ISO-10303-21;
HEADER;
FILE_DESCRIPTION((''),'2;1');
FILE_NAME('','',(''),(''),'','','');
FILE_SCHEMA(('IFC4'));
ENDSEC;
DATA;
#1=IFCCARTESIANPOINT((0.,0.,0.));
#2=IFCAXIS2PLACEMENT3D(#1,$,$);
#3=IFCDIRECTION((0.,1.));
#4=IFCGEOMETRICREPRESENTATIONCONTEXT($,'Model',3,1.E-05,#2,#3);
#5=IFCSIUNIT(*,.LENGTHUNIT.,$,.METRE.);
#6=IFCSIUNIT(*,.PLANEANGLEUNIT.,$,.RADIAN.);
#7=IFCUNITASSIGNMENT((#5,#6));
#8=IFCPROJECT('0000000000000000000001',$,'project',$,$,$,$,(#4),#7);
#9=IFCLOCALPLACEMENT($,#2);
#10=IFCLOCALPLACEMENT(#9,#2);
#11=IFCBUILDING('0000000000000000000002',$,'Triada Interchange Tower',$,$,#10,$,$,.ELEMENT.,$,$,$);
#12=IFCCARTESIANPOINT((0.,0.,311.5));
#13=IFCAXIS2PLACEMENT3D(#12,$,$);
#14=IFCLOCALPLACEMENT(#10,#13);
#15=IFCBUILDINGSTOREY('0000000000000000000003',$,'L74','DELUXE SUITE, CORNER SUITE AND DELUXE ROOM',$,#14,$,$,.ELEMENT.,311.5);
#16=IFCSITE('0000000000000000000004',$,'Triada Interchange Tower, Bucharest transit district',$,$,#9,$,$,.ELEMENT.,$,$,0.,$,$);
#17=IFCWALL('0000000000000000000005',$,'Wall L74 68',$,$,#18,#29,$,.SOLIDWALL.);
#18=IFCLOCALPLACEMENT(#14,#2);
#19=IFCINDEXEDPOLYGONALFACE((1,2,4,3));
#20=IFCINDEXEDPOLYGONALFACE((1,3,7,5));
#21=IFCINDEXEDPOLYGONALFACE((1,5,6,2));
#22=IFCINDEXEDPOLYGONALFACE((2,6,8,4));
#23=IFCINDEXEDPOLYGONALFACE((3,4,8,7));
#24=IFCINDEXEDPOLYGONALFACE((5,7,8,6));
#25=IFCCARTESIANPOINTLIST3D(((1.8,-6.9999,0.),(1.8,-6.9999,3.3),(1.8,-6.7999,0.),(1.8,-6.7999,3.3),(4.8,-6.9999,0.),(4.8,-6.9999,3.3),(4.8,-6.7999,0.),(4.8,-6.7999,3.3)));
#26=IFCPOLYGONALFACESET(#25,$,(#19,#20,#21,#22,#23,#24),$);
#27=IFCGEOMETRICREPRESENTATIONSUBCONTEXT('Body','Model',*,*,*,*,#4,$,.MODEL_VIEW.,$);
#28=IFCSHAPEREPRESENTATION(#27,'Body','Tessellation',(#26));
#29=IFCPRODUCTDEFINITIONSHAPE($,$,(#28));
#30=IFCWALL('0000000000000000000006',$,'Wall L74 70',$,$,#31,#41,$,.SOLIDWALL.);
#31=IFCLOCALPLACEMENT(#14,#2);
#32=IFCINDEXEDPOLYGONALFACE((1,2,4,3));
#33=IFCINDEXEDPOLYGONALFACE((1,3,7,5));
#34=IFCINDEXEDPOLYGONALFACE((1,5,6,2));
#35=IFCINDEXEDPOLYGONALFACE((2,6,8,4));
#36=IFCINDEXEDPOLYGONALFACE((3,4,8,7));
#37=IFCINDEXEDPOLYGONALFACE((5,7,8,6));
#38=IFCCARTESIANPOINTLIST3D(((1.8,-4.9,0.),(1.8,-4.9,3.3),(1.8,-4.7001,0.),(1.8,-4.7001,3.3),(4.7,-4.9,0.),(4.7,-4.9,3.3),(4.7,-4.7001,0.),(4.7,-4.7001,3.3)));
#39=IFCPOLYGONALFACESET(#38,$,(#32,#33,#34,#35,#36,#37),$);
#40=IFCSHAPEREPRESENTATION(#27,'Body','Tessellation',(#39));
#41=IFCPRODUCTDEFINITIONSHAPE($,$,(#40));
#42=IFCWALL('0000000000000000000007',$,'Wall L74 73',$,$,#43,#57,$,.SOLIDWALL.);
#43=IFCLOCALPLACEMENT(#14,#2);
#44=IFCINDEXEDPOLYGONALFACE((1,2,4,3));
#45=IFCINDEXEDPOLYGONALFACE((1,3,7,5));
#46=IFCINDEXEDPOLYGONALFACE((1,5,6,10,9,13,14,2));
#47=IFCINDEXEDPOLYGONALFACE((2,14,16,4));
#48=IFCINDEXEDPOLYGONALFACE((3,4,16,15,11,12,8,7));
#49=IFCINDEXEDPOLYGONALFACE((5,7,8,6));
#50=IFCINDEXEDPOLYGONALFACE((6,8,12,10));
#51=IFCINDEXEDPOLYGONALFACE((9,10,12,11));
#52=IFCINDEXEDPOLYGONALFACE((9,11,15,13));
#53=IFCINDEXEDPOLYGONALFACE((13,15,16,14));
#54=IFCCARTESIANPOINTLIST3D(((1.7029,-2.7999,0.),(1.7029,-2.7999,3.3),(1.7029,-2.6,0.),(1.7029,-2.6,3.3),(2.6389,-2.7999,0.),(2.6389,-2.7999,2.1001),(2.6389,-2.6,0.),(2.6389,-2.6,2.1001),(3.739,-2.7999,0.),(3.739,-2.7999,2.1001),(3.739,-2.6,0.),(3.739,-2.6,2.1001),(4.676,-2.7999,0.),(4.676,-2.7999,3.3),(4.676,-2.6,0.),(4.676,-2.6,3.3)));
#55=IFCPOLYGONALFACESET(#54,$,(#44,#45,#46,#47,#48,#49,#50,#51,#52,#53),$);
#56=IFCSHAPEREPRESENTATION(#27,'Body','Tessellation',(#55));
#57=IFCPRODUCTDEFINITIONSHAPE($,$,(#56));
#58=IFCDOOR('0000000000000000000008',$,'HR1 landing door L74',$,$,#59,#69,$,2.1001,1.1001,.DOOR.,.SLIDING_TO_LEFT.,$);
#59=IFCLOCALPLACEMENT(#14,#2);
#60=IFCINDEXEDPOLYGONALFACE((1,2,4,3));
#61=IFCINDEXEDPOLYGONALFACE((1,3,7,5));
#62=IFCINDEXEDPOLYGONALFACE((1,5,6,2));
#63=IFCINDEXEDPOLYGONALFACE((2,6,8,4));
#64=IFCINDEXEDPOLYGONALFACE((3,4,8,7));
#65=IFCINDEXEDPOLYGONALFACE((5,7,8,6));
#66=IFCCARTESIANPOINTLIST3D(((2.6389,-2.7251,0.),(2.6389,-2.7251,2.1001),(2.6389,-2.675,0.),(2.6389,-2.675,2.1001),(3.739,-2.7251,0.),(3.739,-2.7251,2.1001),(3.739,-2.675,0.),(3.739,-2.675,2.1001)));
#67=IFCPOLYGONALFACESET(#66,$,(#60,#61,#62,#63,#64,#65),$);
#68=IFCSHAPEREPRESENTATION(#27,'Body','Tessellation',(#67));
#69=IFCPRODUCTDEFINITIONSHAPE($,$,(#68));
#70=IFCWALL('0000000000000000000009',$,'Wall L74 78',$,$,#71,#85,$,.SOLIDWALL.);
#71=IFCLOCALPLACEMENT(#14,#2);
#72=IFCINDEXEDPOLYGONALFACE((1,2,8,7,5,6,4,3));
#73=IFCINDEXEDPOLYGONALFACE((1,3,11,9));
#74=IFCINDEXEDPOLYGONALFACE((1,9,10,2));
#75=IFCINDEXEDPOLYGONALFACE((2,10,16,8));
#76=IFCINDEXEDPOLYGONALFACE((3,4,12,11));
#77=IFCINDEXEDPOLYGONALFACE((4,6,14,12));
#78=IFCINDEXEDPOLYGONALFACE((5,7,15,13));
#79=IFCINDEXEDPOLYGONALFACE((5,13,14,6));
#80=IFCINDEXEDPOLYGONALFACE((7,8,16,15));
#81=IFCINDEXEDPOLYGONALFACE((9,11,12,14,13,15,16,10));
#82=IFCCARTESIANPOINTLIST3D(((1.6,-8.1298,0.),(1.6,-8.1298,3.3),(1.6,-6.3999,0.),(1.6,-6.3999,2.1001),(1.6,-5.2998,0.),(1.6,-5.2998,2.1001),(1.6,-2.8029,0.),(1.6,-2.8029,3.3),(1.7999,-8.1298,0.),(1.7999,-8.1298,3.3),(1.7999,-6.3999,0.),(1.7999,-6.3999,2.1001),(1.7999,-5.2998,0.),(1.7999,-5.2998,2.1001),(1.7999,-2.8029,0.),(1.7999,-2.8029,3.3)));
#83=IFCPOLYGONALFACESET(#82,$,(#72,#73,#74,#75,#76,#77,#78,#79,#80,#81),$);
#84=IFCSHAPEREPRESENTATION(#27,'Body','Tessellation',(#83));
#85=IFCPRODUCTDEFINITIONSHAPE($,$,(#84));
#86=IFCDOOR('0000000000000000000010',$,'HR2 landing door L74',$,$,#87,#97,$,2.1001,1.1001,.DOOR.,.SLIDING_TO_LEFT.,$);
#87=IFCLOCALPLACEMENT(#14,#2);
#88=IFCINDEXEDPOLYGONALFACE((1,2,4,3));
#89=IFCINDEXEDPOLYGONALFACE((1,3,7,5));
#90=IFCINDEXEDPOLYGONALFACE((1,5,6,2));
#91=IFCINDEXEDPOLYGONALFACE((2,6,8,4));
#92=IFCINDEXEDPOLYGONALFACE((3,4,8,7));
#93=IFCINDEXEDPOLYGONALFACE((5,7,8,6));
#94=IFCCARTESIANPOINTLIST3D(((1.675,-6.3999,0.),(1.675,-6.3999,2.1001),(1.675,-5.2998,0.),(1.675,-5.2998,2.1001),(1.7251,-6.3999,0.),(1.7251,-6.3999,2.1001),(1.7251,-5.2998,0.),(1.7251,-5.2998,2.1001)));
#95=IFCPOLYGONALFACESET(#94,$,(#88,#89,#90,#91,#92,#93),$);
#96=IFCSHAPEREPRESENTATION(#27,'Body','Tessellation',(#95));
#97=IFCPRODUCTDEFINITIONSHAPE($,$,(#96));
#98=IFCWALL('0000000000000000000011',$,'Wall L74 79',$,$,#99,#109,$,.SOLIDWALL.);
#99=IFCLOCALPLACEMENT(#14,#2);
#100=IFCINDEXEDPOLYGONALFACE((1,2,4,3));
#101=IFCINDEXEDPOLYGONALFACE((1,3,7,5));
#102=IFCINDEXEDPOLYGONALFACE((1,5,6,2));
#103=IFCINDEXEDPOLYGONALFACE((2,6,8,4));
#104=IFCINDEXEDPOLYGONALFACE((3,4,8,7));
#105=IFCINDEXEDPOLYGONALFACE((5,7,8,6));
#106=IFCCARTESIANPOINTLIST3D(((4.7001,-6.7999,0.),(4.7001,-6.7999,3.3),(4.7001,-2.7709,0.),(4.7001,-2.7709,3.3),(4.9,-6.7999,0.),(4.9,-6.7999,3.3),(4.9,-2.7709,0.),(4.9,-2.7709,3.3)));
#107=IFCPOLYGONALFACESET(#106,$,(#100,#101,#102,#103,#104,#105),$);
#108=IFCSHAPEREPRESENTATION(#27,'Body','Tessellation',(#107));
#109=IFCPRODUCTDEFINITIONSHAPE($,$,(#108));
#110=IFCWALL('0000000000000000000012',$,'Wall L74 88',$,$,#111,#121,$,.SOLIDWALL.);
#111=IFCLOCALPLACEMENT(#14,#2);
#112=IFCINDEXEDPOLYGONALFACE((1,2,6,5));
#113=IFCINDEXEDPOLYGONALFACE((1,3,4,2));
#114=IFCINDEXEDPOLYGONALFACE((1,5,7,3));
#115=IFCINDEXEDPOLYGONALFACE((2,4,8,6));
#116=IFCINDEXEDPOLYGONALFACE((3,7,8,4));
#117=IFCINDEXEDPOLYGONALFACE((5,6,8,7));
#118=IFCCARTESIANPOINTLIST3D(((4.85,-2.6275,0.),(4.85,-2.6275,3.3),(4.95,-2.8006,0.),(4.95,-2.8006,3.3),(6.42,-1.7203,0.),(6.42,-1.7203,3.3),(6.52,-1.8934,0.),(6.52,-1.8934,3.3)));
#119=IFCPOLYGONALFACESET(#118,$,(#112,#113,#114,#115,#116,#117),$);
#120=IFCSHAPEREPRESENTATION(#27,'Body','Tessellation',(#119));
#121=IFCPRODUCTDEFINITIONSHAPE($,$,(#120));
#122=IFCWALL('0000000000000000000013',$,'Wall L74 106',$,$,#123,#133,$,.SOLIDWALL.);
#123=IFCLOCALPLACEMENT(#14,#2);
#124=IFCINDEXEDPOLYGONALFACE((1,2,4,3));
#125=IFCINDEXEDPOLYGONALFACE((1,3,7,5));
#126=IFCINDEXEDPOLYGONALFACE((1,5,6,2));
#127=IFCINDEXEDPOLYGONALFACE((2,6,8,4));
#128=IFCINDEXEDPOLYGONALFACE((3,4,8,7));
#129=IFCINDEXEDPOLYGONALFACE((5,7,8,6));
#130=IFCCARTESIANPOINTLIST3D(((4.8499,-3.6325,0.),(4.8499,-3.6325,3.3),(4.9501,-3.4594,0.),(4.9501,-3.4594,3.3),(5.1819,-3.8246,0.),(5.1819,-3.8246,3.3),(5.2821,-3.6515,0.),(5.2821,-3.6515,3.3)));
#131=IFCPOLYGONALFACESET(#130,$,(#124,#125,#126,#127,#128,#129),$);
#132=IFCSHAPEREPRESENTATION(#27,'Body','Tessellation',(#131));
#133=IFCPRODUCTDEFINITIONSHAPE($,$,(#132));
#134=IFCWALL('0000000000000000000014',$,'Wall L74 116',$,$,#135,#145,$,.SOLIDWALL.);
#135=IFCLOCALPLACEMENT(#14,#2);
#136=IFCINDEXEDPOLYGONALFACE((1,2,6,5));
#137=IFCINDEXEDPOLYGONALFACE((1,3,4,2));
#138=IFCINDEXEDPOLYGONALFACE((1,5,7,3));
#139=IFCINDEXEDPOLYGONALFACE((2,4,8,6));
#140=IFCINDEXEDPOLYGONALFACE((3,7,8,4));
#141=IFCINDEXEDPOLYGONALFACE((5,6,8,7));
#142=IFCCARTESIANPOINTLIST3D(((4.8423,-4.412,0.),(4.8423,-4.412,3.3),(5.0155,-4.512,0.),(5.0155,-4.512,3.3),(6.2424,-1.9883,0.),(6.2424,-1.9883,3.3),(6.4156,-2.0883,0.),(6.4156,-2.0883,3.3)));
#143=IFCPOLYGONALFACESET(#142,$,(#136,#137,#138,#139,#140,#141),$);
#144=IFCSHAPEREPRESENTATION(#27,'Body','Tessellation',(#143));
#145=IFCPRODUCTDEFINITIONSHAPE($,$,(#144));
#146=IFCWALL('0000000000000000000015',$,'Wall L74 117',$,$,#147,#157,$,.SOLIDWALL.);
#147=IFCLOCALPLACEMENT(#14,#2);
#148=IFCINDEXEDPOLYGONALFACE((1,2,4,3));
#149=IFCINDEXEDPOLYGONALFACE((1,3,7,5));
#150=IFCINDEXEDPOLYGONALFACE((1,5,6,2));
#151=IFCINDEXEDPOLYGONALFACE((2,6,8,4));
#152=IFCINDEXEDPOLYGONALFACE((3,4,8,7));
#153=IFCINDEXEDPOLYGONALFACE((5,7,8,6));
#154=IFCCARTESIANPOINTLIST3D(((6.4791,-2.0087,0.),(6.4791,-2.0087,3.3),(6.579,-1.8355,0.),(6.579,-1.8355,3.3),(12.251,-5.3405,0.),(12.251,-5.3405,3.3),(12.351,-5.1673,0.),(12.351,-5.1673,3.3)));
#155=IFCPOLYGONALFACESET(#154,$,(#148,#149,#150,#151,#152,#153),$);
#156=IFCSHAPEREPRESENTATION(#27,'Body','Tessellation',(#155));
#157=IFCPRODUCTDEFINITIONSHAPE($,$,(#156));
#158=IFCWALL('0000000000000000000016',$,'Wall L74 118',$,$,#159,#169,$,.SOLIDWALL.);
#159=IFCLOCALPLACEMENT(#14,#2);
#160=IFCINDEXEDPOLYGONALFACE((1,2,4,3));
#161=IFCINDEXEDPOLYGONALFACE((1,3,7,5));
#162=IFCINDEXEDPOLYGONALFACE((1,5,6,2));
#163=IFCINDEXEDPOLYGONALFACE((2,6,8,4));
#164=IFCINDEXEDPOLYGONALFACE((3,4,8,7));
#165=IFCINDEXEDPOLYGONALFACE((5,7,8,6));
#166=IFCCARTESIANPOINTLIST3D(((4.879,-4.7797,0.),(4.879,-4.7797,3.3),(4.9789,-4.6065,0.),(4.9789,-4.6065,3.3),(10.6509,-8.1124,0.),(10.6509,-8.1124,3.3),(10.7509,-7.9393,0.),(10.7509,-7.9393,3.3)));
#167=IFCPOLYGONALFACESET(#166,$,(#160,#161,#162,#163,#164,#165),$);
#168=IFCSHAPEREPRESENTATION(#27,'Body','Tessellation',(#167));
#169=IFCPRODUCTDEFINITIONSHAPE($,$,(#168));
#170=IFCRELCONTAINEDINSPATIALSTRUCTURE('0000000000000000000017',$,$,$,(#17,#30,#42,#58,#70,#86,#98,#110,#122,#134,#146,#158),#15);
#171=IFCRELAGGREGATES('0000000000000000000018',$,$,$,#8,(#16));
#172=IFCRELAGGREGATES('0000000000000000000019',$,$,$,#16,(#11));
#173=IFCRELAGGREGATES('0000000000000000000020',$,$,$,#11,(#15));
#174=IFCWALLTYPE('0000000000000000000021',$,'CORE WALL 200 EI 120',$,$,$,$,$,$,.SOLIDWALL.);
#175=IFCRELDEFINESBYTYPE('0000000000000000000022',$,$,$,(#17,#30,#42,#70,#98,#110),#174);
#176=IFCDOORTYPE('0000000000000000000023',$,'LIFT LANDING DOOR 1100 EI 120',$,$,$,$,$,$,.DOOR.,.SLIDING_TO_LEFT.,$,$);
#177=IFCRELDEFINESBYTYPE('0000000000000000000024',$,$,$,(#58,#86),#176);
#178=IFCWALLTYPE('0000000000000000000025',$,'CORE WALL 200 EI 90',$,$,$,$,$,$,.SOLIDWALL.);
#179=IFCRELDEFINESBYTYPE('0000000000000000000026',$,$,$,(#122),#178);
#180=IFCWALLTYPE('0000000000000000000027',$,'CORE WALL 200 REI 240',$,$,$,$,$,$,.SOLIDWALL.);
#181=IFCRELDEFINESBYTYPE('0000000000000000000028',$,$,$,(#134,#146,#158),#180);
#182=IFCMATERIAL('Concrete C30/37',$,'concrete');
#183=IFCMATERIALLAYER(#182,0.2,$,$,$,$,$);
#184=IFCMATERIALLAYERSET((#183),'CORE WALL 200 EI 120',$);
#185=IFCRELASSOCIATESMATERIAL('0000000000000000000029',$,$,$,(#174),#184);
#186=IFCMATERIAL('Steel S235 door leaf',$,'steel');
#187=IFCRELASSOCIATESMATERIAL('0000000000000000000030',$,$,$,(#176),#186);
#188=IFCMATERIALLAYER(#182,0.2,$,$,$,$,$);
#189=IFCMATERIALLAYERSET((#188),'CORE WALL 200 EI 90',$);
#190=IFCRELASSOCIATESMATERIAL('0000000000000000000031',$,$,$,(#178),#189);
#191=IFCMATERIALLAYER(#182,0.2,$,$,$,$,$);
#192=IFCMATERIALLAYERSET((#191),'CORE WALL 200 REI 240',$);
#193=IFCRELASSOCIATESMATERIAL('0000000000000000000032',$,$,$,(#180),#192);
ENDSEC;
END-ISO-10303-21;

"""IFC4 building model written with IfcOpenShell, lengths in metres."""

from ifc_helpers import new_model, si_unit, direction, frame, frame_2d, origin, place, context, subcontext, project, spatial, rectangle, extrude, material, layer, layer_set, type_object, element, fill, save


model = new_model("IFC4")

# Units and contexts
model_context = context("Model", 3, precision=1e-05, world=origin(), true_north=direction((0.0, 1.0)))
body_context = subcontext(model_context, "Body", "Model", "MODEL_VIEW")
ifc_project = project(units=[si_unit("LENGTHUNIT", "METRE"), si_unit("PLANEANGLEUNIT", "RADIAN")], contexts=[model_context])

# Site, building, storey
site_placement = place(None, origin())
site = spatial("IfcSite", under=ifc_project, at=site_placement, Name="Triada Interchange Tower, Bucharest transit district", CompositionType="ELEMENT", RefElevation=0.0)
building_placement = place(site_placement, origin())
building = spatial("IfcBuilding", under=site, at=building_placement, Name="Triada Interchange Tower", CompositionType="ELEMENT")
storey_placement = place(building_placement, frame((0.0, 0.0, 311.5)))
storey = spatial("IfcBuildingStorey", under=building, at=storey_placement, Name="L74", Description="DELUXE SUITE, CORNER SUITE AND DELUXE ROOM", CompositionType="ELEMENT", Elevation=311.5)

# Walls
ifc_material_1 = material(Name="Concrete C30/37", Category="concrete")
ifc_layer_1 = layer(ifc_material_1, 0.2)
ifc_layer_set_1 = layer_set([ifc_layer_1], Name="CORE WALL 200 EI 120")
wall_type_1 = type_object("IfcWallType", Name="CORE WALL 200 EI 120", PredefinedType="SOLIDWALL", material=ifc_layer_set_1)
wall_1_placement = place(storey_placement, frame((1.8, -6.8999, 0.0), z_axis=(0.0, 0.0, 1.0), x_axis=(1.0, 0.0, 0.0)))
element("IfcWall", 1, at=wall_1_placement, inside=storey, type_object=wall_type_1, Name="Wall L74 68", PredefinedType="SOLIDWALL", context=body_context, shape_type="SweptSolid", body=[
    extrude(rectangle(XDim=3.0, YDim=0.2, at=frame_2d((1.5, 0.0))), origin(), (0.0, 0.0, 1.0), 3.3),
])
wall_2_placement = place(storey_placement, frame((1.8, -4.8, 0.0), z_axis=(0.0, 0.0, 1.0), x_axis=(1.0, 0.0, 0.0)))
element("IfcWall", 2, at=wall_2_placement, inside=storey, type_object=wall_type_1, Name="Wall L74 70", PredefinedType="SOLIDWALL", context=body_context, shape_type="SweptSolid", body=[
    extrude(rectangle(XDim=2.8999, YDim=0.2, at=frame_2d((1.45, 0.0))), origin(), (0.0, 0.0, 1.0), 3.3),
])

# Walls, openings, doors
wall_3_placement = place(storey_placement, frame((1.7029, -2.7, 0.0), z_axis=(0.0, 0.0, 1.0), x_axis=(1.0, 0.0, 0.0)))
wall_3 = element("IfcWall", 3, at=wall_3_placement, inside=storey, type_object=wall_type_1, Name="Wall L74 73", PredefinedType="SOLIDWALL", context=body_context, shape_type="SweptSolid", body=[
    extrude(rectangle(XDim=2.9731, YDim=0.2, at=frame_2d((1.4866, 0.0))), origin(), (0.0, 0.0, 1.0), 3.3),
])
opening_1_placement = place(wall_3_placement, frame((0.936, 0.0, 0.0)))
opening_1 = element("IfcOpeningElement", 4, at=opening_1_placement, cuts=wall_3, PredefinedType="OPENING", context=body_context, shape_type="SweptSolid", body=[
    extrude(rectangle(XDim=1.1001, YDim=2.1001, at=frame_2d((0.55, 1.05))), frame((0.0, 0.1099, 0.0), z_axis=(0.0, -1.0, 0.0), x_axis=(1.0, 0.0, 0.0)), (0.0, 0.0, 1.0), 0.22),
])
ifc_material_2 = material(Name="Steel S235 door leaf", Category="steel")
door_type_1 = type_object("IfcDoorType", Name="LIFT LANDING DOOR 1100 EI 120", OperationType="SLIDING_TO_LEFT", PredefinedType="DOOR", material=ifc_material_2)
door_1_placement = place(opening_1_placement, origin())
door_1 = element("IfcDoor", 5, at=door_1_placement, inside=storey, type_object=door_type_1, Name="HR1 landing door L74", OperationType="SLIDING_TO_LEFT", OverallHeight=2.1001, OverallWidth=1.1001, PredefinedType="DOOR", context=body_context, shape_type="SweptSolid", body=[
    extrude(rectangle(XDim=1.1001, YDim=2.1001, at=frame_2d((0.55, 1.05))), frame((0.0, 0.0249, 0.0), z_axis=(0.0, -1.0, 0.0), x_axis=(1.0, 0.0, 0.0)), (0.0, 0.0, 1.0), 0.05),
])
fill(opening_1, door_1)
wall_4_placement = place(storey_placement, frame((1.7, -8.1299, 0.0), z_axis=(0.0, 0.0, 1.0), x_axis=(0.0, 1.0, 0.0)))
wall_4 = element("IfcWall", 6, at=wall_4_placement, inside=storey, type_object=wall_type_1, Name="Wall L74 78", PredefinedType="SOLIDWALL", context=body_context, shape_type="SweptSolid", body=[
    extrude(rectangle(XDim=5.3269, YDim=0.2, at=frame_2d((2.6636, 0.0))), origin(), (0.0, 0.0, 1.0), 3.3),
])
opening_2_placement = place(wall_4_placement, frame((1.73, 0.0, 0.0)))
opening_2 = element("IfcOpeningElement", 7, at=opening_2_placement, cuts=wall_4, PredefinedType="OPENING", context=body_context, shape_type="SweptSolid", body=[
    extrude(rectangle(XDim=1.1001, YDim=2.1001, at=frame_2d((0.55, 1.05))), frame((0.0, 0.1099, 0.0), z_axis=(0.0, -1.0, 0.0), x_axis=(1.0, 0.0, 0.0)), (0.0, 0.0, 1.0), 0.22),
])
door_2_placement = place(opening_2_placement, origin())
door_2 = element("IfcDoor", 8, at=door_2_placement, inside=storey, type_object=door_type_1, Name="HR2 landing door L74", OperationType="SLIDING_TO_LEFT", OverallHeight=2.1001, OverallWidth=1.1001, PredefinedType="DOOR", context=body_context, shape_type="SweptSolid", body=[
    extrude(rectangle(XDim=1.1001, YDim=2.1001, at=frame_2d((0.55, 1.05))), frame((0.0, 0.0249, 0.0), z_axis=(0.0, -1.0, 0.0), x_axis=(1.0, 0.0, 0.0)), (0.0, 0.0, 1.0), 0.05),
])
fill(opening_2, door_2)

# Walls
wall_5_placement = place(storey_placement, frame((4.8, -6.8, 0.0), z_axis=(0.0, 0.0, 1.0), x_axis=(0.0, 1.0, 0.0)))
element("IfcWall", 9, at=wall_5_placement, inside=storey, type_object=wall_type_1, Name="Wall L74 79", PredefinedType="SOLIDWALL", context=body_context, shape_type="SweptSolid", body=[
    extrude(rectangle(XDim=4.0291, YDim=0.2, at=frame_2d((2.0146, 0.0))), origin(), (0.0, 0.0, 1.0), 3.3),
])
wall_6_placement = place(storey_placement, frame((4.8999, -2.7141, 0.0), z_axis=(0.0, 0.0, 1.0), x_axis=(0.865847, 0.500309, 0.0)))
element("IfcWall", 10, at=wall_6_placement, inside=storey, type_object=wall_type_1, Name="Wall L74 88", PredefinedType="SOLIDWALL", context=body_context, shape_type="SweptSolid", body=[
    extrude(rectangle(XDim=1.8132, YDim=0.2, at=frame_2d((0.9067, 0.0))), origin(), (0.0, 0.0, 1.0), 3.3),
])
ifc_layer_2 = layer(ifc_material_1, 0.2)
ifc_layer_set_2 = layer_set([ifc_layer_2], Name="CORE WALL 200 EI 90")
wall_type_2 = type_object("IfcWallType", Name="CORE WALL 200 EI 90", PredefinedType="SOLIDWALL", material=ifc_layer_set_2)
wall_7_placement = place(storey_placement, frame((4.8999, -3.5459, 0.0), z_axis=(0.0, 0.0, 1.0), x_axis=(0.865528, -0.500861, 0.0)))
element("IfcWall", 11, at=wall_7_placement, inside=storey, type_object=wall_type_2, Name="Wall L74 106", PredefinedType="SOLIDWALL", context=body_context, shape_type="SweptSolid", body=[
    extrude(rectangle(XDim=0.3835, YDim=0.2, at=frame_2d((0.1919, 0.0))), origin(), (0.0, 0.0, 1.0), 3.3),
])
ifc_layer_3 = layer(ifc_material_1, 0.2)
ifc_layer_set_3 = layer_set([ifc_layer_3], Name="CORE WALL 200 REI 240")
wall_type_3 = type_object("IfcWallType", Name="CORE WALL 200 REI 240", PredefinedType="SOLIDWALL", material=ifc_layer_set_3)
wall_8_placement = place(storey_placement, frame((4.929, -4.4619, 0.0), z_axis=(0.0, 0.0, 1.0), x_axis=(0.500201, 0.86591, 0.0)))
element("IfcWall", 12, at=wall_8_placement, inside=storey, type_object=wall_type_3, Name="Wall L74 116", PredefinedType="SOLIDWALL", context=body_context, shape_type="SweptSolid", body=[
    extrude(rectangle(XDim=2.7991, YDim=0.2, at=frame_2d((1.3994, 0.0))), origin(), (0.0, 0.0, 1.0), 3.3),
])
wall_9_placement = place(storey_placement, frame((6.5291, -1.9221, 0.0), z_axis=(0.0, 0.0, 1.0), x_axis=(0.866068, -0.499925, 0.0)))
element("IfcWall", 13, at=wall_9_placement, inside=storey, type_object=wall_type_3, Name="Wall L74 117", PredefinedType="SOLIDWALL", context=body_context, shape_type="SweptSolid", body=[
    extrude(rectangle(XDim=6.6646, YDim=0.2, at=frame_2d((3.3323, 0.0))), origin(), (0.0, 0.0, 1.0), 3.3),
])
wall_10_placement = place(storey_placement, frame((4.929, -4.6931, 0.0), z_axis=(0.0, 0.0, 1.0), x_axis=(0.866005, -0.500035, 0.0)))
element("IfcWall", 14, at=wall_10_placement, inside=storey, type_object=wall_type_3, Name="Wall L74 118", PredefinedType="SOLIDWALL", context=body_context, shape_type="SweptSolid", body=[
    extrude(rectangle(XDim=6.665, YDim=0.2, at=frame_2d((3.3325, 0.0))), origin(), (0.0, 0.0, 1.0), 3.3),
])

save(model, "model.ifc")
